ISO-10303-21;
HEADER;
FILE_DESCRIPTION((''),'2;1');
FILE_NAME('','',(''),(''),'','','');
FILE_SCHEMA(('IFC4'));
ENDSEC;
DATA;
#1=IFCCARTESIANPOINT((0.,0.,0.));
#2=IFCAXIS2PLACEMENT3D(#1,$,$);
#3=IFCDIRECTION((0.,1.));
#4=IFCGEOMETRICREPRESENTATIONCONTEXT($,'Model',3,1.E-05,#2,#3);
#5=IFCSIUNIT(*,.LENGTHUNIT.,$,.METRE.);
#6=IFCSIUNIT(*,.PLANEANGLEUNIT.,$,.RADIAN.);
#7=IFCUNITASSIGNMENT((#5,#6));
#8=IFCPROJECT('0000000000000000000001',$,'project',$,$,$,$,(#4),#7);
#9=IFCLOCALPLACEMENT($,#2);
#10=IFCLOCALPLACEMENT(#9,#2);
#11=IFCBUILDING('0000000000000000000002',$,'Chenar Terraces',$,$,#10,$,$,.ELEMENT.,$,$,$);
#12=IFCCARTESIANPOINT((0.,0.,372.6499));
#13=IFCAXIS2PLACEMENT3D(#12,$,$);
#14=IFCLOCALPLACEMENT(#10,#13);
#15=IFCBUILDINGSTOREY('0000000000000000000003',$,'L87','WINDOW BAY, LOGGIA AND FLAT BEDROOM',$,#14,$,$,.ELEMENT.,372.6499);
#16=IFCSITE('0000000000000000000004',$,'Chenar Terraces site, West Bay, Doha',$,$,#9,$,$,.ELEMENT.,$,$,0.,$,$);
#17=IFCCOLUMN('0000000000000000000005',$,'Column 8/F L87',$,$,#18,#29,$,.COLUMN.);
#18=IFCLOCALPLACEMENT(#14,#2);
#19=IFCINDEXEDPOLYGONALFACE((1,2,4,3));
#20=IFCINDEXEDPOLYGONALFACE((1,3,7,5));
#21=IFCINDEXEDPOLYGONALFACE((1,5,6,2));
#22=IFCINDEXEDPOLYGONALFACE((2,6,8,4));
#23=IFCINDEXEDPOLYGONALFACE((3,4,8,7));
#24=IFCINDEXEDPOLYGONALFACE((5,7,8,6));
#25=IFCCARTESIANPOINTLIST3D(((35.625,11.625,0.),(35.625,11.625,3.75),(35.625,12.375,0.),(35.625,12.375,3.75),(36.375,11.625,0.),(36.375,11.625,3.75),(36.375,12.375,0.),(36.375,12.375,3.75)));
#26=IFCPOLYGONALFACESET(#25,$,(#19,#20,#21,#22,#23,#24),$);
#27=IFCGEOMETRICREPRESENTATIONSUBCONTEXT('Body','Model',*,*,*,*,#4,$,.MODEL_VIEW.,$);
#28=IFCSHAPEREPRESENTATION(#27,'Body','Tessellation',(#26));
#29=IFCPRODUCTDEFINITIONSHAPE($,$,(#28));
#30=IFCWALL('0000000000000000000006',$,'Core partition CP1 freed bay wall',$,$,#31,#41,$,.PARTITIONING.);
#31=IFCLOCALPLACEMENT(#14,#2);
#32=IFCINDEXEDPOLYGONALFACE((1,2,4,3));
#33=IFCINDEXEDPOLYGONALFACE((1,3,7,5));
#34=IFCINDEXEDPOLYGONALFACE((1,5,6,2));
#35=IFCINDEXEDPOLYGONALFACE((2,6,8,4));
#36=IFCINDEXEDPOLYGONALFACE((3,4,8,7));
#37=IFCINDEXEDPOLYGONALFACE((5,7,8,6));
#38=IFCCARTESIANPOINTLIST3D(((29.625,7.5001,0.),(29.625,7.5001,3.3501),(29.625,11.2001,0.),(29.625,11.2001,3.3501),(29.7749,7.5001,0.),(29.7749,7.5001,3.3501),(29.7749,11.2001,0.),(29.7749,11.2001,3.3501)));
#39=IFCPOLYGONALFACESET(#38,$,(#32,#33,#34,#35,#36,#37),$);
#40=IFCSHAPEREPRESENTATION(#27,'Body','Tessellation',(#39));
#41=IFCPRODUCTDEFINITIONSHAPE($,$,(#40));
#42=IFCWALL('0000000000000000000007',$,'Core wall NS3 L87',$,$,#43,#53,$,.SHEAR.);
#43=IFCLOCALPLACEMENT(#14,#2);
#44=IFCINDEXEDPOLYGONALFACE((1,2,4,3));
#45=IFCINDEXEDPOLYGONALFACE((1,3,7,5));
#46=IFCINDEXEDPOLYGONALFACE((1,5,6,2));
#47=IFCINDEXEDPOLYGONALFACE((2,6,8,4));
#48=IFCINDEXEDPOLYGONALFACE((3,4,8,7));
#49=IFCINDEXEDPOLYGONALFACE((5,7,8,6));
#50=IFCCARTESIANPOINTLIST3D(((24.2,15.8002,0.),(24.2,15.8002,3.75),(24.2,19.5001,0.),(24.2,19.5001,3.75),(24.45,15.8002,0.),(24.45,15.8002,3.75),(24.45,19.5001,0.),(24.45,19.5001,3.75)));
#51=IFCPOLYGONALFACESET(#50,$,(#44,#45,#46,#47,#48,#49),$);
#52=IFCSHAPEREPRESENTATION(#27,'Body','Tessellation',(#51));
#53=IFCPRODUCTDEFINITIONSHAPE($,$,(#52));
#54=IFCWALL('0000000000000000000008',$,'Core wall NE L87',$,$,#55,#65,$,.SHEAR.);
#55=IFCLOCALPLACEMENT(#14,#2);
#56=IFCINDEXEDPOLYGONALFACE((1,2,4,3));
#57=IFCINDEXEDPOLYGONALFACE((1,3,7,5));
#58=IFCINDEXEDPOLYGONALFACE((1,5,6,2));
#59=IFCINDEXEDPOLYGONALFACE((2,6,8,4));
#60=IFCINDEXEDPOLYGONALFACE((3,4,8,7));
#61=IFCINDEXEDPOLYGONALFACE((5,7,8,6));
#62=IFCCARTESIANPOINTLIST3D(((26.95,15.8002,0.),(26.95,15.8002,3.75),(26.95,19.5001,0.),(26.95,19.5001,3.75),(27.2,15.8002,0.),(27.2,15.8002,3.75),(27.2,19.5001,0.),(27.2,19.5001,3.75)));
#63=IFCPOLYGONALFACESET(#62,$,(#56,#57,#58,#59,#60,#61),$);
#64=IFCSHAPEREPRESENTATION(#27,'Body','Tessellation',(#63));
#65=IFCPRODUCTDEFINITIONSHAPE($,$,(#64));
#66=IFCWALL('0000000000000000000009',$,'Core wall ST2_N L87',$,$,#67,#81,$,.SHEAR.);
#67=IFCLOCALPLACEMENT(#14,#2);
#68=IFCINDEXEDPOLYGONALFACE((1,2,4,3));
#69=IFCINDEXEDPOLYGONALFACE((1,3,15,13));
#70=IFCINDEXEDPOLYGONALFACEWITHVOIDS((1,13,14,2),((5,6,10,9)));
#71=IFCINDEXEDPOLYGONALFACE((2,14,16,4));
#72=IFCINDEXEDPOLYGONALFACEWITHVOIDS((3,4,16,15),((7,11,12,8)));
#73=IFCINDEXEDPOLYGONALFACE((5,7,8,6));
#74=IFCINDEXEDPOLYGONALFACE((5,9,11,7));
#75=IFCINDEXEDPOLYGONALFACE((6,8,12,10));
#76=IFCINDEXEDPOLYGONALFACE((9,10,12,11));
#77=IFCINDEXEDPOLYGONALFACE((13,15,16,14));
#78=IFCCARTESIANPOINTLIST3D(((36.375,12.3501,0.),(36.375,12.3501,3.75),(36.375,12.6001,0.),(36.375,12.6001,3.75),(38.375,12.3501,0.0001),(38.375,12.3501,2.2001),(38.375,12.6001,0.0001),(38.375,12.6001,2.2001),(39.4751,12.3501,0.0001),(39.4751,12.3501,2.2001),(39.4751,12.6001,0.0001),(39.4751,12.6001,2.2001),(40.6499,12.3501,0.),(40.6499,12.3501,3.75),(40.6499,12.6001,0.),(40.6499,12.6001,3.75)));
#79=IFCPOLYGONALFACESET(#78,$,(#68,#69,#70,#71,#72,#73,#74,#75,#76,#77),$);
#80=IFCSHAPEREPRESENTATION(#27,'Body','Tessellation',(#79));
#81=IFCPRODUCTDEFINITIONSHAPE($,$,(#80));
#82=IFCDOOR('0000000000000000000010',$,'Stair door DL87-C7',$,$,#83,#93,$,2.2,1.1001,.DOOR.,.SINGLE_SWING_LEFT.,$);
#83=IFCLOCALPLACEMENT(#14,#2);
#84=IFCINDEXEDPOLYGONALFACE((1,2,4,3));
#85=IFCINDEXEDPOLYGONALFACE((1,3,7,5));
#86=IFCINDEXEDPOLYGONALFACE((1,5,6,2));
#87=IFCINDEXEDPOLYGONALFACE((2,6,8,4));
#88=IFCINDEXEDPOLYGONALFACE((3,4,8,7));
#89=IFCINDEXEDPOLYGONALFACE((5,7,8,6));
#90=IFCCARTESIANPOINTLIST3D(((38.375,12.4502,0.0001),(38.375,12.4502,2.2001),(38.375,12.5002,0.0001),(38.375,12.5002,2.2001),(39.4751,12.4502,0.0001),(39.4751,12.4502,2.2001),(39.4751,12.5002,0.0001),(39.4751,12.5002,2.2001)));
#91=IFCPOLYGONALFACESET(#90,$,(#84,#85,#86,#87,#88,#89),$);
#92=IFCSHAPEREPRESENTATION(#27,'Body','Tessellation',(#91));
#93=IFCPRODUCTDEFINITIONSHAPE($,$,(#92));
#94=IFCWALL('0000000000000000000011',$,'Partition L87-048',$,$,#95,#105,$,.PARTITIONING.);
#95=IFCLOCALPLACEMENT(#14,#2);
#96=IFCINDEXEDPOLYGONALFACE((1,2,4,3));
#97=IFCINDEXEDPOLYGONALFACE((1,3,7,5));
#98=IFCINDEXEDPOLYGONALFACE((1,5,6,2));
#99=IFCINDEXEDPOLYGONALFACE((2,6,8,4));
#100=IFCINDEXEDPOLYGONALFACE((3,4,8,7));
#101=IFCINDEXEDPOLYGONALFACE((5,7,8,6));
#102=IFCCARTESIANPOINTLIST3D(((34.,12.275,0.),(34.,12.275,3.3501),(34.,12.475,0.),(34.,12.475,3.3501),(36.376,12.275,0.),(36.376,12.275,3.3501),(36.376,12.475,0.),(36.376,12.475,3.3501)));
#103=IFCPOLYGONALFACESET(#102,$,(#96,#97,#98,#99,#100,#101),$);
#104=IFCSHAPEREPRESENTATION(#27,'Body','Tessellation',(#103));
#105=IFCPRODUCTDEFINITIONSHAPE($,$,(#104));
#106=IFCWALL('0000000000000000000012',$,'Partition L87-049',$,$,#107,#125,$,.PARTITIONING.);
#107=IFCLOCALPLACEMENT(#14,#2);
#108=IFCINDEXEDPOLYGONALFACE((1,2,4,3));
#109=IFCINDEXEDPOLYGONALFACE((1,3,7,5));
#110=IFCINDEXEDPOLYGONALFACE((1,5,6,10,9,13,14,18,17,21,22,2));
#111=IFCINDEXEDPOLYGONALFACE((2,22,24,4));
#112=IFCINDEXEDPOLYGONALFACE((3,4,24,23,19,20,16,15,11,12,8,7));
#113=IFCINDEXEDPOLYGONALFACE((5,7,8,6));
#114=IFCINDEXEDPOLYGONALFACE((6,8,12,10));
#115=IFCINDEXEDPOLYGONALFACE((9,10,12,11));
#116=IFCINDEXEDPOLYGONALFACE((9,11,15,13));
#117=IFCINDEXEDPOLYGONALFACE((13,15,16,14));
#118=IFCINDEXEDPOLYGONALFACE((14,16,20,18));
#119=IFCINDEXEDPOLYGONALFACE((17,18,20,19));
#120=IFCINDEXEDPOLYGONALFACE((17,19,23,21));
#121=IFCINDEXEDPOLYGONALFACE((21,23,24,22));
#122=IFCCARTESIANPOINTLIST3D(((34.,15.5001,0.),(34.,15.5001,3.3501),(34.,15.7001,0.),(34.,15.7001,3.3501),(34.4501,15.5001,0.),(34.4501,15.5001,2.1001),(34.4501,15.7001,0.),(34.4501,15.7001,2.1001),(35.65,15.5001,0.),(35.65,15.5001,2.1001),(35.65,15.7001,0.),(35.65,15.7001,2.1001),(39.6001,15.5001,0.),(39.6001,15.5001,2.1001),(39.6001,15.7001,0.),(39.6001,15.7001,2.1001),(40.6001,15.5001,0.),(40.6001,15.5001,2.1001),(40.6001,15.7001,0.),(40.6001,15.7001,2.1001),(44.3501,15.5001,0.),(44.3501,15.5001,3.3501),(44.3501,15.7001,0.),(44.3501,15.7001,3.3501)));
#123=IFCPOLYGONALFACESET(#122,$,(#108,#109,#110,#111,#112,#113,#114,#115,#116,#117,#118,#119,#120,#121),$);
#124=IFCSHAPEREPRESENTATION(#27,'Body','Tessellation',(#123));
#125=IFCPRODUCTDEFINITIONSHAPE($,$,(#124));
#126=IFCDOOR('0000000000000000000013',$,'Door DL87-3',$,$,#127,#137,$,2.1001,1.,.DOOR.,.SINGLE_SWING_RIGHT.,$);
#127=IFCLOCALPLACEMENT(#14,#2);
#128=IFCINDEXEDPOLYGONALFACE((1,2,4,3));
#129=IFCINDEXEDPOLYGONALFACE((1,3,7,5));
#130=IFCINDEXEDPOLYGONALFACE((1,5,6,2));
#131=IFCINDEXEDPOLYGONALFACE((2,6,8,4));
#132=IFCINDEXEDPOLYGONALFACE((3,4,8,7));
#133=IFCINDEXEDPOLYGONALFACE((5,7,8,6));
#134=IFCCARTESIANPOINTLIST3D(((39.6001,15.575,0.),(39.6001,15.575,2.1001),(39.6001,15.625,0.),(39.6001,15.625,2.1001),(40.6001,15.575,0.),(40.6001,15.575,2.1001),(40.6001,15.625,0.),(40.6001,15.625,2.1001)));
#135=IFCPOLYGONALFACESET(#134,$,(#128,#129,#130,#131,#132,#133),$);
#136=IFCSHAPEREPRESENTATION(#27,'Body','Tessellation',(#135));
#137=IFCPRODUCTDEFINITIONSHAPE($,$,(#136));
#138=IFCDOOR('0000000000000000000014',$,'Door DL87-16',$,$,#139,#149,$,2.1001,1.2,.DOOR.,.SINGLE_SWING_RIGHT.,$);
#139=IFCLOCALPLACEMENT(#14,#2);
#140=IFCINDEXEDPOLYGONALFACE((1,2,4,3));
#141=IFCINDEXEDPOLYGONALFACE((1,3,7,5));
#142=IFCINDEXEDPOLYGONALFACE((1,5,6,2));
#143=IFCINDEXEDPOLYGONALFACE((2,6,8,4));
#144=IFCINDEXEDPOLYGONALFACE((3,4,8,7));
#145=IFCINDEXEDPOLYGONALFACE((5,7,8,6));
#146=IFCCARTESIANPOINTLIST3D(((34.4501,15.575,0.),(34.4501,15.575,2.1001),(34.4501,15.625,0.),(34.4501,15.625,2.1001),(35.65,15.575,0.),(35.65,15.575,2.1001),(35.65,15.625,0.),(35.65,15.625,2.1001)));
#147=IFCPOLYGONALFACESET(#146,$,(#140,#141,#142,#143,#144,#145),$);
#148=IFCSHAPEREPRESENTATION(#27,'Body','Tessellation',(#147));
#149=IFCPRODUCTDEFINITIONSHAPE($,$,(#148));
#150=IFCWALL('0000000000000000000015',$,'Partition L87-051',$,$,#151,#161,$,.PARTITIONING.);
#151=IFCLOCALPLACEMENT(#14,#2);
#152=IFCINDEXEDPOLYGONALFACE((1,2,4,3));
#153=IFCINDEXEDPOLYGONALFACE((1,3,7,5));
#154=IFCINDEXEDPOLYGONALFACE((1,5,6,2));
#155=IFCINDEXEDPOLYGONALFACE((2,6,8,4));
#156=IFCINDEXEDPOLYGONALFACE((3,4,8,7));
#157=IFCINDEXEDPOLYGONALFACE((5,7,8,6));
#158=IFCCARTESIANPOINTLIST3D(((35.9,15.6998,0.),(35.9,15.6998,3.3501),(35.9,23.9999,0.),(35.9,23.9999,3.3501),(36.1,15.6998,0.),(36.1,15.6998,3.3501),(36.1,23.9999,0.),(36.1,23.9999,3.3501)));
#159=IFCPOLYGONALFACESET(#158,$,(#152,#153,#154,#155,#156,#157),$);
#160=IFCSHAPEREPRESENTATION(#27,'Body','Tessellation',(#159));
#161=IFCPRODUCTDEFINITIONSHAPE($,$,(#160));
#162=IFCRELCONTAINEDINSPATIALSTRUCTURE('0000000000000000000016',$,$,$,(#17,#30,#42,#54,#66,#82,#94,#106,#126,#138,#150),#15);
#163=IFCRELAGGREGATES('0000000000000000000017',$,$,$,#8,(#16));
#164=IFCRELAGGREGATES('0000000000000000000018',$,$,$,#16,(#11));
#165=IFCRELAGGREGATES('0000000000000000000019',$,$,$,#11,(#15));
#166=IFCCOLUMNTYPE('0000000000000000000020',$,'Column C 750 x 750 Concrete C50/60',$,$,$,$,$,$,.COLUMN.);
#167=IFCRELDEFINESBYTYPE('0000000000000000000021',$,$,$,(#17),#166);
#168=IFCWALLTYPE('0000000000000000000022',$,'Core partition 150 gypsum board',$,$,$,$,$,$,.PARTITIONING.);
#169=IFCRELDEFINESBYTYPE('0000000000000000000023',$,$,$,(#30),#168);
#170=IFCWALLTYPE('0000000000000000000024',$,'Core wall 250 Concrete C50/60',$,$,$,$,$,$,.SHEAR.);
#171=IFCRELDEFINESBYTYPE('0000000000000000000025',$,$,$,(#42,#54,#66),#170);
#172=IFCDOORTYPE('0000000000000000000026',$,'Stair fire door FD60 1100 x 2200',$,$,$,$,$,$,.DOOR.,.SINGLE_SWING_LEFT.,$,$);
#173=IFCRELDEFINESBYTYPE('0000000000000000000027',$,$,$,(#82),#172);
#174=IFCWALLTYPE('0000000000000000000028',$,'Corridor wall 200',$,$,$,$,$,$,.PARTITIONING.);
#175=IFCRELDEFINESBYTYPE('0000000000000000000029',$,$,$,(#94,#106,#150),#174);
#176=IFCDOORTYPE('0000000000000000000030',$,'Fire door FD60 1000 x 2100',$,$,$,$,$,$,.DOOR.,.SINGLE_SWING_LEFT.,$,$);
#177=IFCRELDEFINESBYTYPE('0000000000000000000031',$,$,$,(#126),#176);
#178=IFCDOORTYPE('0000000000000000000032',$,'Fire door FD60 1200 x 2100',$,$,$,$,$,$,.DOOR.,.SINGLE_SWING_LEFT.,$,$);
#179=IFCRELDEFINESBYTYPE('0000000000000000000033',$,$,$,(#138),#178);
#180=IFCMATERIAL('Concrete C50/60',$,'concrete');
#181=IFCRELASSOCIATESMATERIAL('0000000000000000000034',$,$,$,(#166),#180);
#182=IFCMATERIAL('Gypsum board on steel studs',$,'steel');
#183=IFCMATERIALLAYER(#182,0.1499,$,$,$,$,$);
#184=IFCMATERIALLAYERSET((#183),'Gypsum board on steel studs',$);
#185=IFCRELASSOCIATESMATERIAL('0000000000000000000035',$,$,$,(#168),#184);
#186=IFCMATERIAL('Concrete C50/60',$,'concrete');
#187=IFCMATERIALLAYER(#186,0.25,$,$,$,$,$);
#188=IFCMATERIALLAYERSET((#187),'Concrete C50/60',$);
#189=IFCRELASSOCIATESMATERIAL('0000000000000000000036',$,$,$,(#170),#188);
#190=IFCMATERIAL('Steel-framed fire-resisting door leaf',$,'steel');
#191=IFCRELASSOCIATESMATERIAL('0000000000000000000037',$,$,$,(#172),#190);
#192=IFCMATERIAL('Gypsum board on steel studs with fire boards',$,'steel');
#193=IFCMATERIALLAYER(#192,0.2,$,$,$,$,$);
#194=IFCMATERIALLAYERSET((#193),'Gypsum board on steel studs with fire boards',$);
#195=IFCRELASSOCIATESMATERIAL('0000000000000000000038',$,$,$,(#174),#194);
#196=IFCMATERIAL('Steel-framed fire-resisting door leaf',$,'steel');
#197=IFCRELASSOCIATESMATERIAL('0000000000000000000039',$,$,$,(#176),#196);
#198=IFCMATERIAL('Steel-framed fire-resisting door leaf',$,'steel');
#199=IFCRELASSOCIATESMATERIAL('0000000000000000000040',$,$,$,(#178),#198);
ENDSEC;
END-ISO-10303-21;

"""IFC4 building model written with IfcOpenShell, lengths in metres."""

from ifc_helpers import new_model, si_unit, direction, frame, frame_2d, origin, origin_2d, place, context, subcontext, project, spatial, rectangle, extrude, material, layer, layer_set, material_profile, profile_set, type_object, element, fill, save


model = new_model("IFC4")

# Units and contexts
model_context = context("Model", 3, precision=1e-05, world=origin(), true_north=direction((0.0, 1.0)))
body_context = subcontext(model_context, "Body", "Model", "MODEL_VIEW")
ifc_project = project(units=[si_unit("LENGTHUNIT", "METRE"), si_unit("PLANEANGLEUNIT", "RADIAN")], contexts=[model_context])

# Site, building, storey
site_placement = place(None, origin())
site = spatial("IfcSite", under=ifc_project, at=site_placement, Name="Chenar Terraces site, West Bay, Doha", CompositionType="ELEMENT", RefElevation=0.0)
building_placement = place(site_placement, origin())
building = spatial("IfcBuilding", under=site, at=building_placement, Name="Chenar Terraces", CompositionType="ELEMENT")
storey_placement = place(building_placement, frame((0.0, 0.0, 372.6499)))
storey = spatial("IfcBuildingStorey", under=building, at=storey_placement, Name="L87", Description="WINDOW BAY, LOGGIA AND FLAT BEDROOM", CompositionType="ELEMENT", Elevation=372.6499)

# Column
ifc_material_1 = material(Name="Concrete C50/60", Category="concrete")
ifc_material_profile = material_profile(ifc_material_1, rectangle(XDim=0.75, YDim=0.75, at=origin_2d()), Name="C 750 x 750")
ifc_profile_set = profile_set([ifc_material_profile], Name="Concrete C50/60")
column_type = type_object("IfcColumnType", Name="Column C 750 x 750 Concrete C50/60", PredefinedType="COLUMN", material=ifc_profile_set)
column_placement = place(storey_placement, frame((36.0, 12.0, 0.0), z_axis=(0.0, 0.0, 1.0), x_axis=(1.0, 0.0, 0.0)))
element("IfcColumn", 1, at=column_placement, inside=storey, type_object=column_type, Name="Column 8/F L87", PredefinedType="COLUMN", context=body_context, shape_type="SweptSolid", body=[
    extrude(rectangle(XDim=0.75, YDim=0.75, at=origin_2d()), origin(), (0.0, 0.0, 1.0), 3.75),
])

# Walls
ifc_material_2 = material(Name="Gypsum board on steel studs", Category="steel")
ifc_layer_1 = layer(ifc_material_2, 0.1499)
ifc_layer_set_1 = layer_set([ifc_layer_1], Name="Gypsum board on steel studs")
wall_type_1 = type_object("IfcWallType", Name="Core partition 150 gypsum board", PredefinedType="PARTITIONING", material=ifc_layer_set_1)
wall_1_placement = place(storey_placement, frame((29.7, 7.5, 0.0), z_axis=(0.0, 0.0, 1.0), x_axis=(0.0, 1.0, 0.0)))
element("IfcWall", 2, at=wall_1_placement, inside=storey, type_object=wall_type_1, Name="Core partition CP1 freed bay wall", PredefinedType="PARTITIONING", context=body_context, shape_type="SweptSolid", body=[
    extrude(rectangle(XDim=3.7, YDim=0.1499, at=frame_2d((1.8501, 0.0))), origin(), (0.0, 0.0, 1.0), 3.3501),
])
ifc_material_3 = material(Name="Concrete C50/60", Category="concrete")
ifc_layer_2 = layer(ifc_material_3, 0.25)
ifc_layer_set_2 = layer_set([ifc_layer_2], Name="Concrete C50/60")
wall_type_2 = type_object("IfcWallType", Name="Core wall 250 Concrete C50/60", PredefinedType="SHEAR", material=ifc_layer_set_2)
for number, where, z_axis, x_axis, name in (
    (3, (24.325, 15.8, 0.0), (0.0, 0.0, 1.0), (0.0, 1.0, 0.0), "Core wall NS3 L87"),
    (4, (27.075, 15.8, 0.0), (0.0, 0.0, 1.0), (0.0, 1.0, 0.0), "Core wall NE L87"),
):
    element("IfcWall", number, at=place(storey_placement, frame(where, z_axis=z_axis, x_axis=x_axis)), inside=storey, type_object=wall_type_2, Name=name, PredefinedType="SHEAR", context=body_context, shape_type="SweptSolid", body=[
        extrude(rectangle(XDim=3.7, YDim=0.25, at=frame_2d((1.8501, 0.0))), origin(), (0.0, 0.0, 1.0), 3.75),
    ])

# Wall, opening, door
wall_2_placement = place(storey_placement, frame((36.375, 12.4751, 0.0), z_axis=(0.0, 0.0, 1.0), x_axis=(1.0, 0.0, 0.0)))
wall_2 = element("IfcWall", 5, at=wall_2_placement, inside=storey, type_object=wall_type_2, Name="Core wall ST2_N L87", PredefinedType="SHEAR", context=body_context, shape_type="SweptSolid", body=[
    extrude(rectangle(XDim=4.2749, YDim=0.25, at=frame_2d((2.1375, 0.0))), origin(), (0.0, 0.0, 1.0), 3.75),
])
opening_1_placement = place(wall_2_placement, frame((2.0, 0.0, 0.0)))
opening_1 = element("IfcOpeningElement", 6, at=opening_1_placement, cuts=wall_2, PredefinedType="OPENING", context=body_context, shape_type="SweptSolid", body=[
    extrude(rectangle(XDim=1.1001, YDim=2.2, at=frame_2d((0.55, 1.1001))), frame((0.0, 0.135, 0.0), z_axis=(0.0, -1.0, 0.0), x_axis=(1.0, 0.0, 0.0)), (0.0, 0.0, 1.0), 0.27),
])
ifc_material_4 = material(Name="Steel-framed fire-resisting door leaf", Category="steel")
door_type_1 = type_object("IfcDoorType", Name="Stair fire door FD60 1100 x 2200", OperationType="SINGLE_SWING_LEFT", PredefinedType="DOOR", material=ifc_material_4)
door_1_placement = place(opening_1_placement, frame((1.1001, 0.0, 0.0), z_axis=(0.0, 0.0, 1.0), x_axis=(-1.0, 0.0, 0.0)))
door_1 = element("IfcDoor", 7, at=door_1_placement, inside=storey, type_object=door_type_1, Name="Stair door DL87-C7", OperationType="SINGLE_SWING_LEFT", OverallHeight=2.2, OverallWidth=1.1001, PredefinedType="DOOR", context=body_context, shape_type="SweptSolid", body=[
    extrude(rectangle(XDim=1.1001, YDim=2.2, at=frame_2d((0.55, 1.1001))), frame((0.0, 0.0249, 0.0), z_axis=(0.0, -1.0, 0.0), x_axis=(1.0, 0.0, 0.0)), (0.0, 0.0, 1.0), 0.05),
])
fill(opening_1, door_1)

# Wall
ifc_material_5 = material(Name="Gypsum board on steel studs with fire boards", Category="steel")
ifc_layer_3 = layer(ifc_material_5, 0.2)
ifc_layer_set_3 = layer_set([ifc_layer_3], Name="Gypsum board on steel studs with fire boards")
wall_type_3 = type_object("IfcWallType", Name="Corridor wall 200", PredefinedType="PARTITIONING", material=ifc_layer_set_3)
wall_3_placement = place(storey_placement, frame((34.0, 12.375, 0.0), z_axis=(0.0, 0.0, 1.0), x_axis=(1.0, 0.0, 0.0)))
element("IfcWall", 8, at=wall_3_placement, inside=storey, type_object=wall_type_3, Name="Partition L87-048", PredefinedType="PARTITIONING", context=body_context, shape_type="SweptSolid", body=[
    extrude(rectangle(XDim=2.376, YDim=0.2, at=frame_2d((1.188, 0.0))), origin(), (0.0, 0.0, 1.0), 3.3501),
])

# Wall, openings, doors
wall_4_placement = place(storey_placement, frame((34.0, 15.6001, 0.0), z_axis=(0.0, 0.0, 1.0), x_axis=(1.0, 0.0, 0.0)))
wall_4 = element("IfcWall", 9, at=wall_4_placement, inside=storey, type_object=wall_type_3, Name="Partition L87-049", PredefinedType="PARTITIONING", context=body_context, shape_type="SweptSolid", body=[
    extrude(rectangle(XDim=10.3501, YDim=0.2, at=frame_2d((5.175, 0.0))), origin(), (0.0, 0.0, 1.0), 3.3501),
])
opening_2_placement = place(wall_4_placement, frame((5.6001, 0.0, 0.0)))
opening_2 = element("IfcOpeningElement", 10, at=opening_2_placement, cuts=wall_4, PredefinedType="OPENING", context=body_context, shape_type="SweptSolid", body=[
    extrude(rectangle(XDim=1.0, YDim=2.1001, at=frame_2d((0.5, 1.05))), frame((0.0, 0.1099, 0.0), z_axis=(0.0, -1.0, 0.0), x_axis=(1.0, 0.0, 0.0)), (0.0, 0.0, 1.0), 0.22),
])
opening_3_placement = place(wall_4_placement, frame((0.45, 0.0, 0.0)))
opening_3 = element("IfcOpeningElement", 11, at=opening_3_placement, cuts=wall_4, PredefinedType="OPENING", context=body_context, shape_type="SweptSolid", body=[
    extrude(rectangle(XDim=1.2, YDim=2.1001, at=frame_2d((0.6001, 1.05))), frame((0.0, 0.1099, 0.0), z_axis=(0.0, -1.0, 0.0), x_axis=(1.0, 0.0, 0.0)), (0.0, 0.0, 1.0), 0.22),
])
ifc_material_6 = material(Name="Steel-framed fire-resisting door leaf", Category="steel")
door_type_2 = type_object("IfcDoorType", Name="Fire door FD60 1000 x 2100", OperationType="SINGLE_SWING_LEFT", PredefinedType="DOOR", material=ifc_material_6)
door_2_placement = place(opening_2_placement, origin())
door_2 = element("IfcDoor", 12, at=door_2_placement, inside=storey, type_object=door_type_2, Name="Door DL87-3", OperationType="SINGLE_SWING_RIGHT", OverallHeight=2.1001, OverallWidth=1.0, PredefinedType="DOOR", context=body_context, shape_type="SweptSolid", body=[
    extrude(rectangle(XDim=1.0, YDim=2.1001, at=frame_2d((0.5, 1.05))), frame((0.0, 0.0249, 0.0), z_axis=(0.0, -1.0, 0.0), x_axis=(1.0, 0.0, 0.0)), (0.0, 0.0, 1.0), 0.05),
])
fill(opening_2, door_2)
ifc_material_7 = material(Name="Steel-framed fire-resisting door leaf", Category="steel")
door_type_3 = type_object("IfcDoorType", Name="Fire door FD60 1200 x 2100", OperationType="SINGLE_SWING_LEFT", PredefinedType="DOOR", material=ifc_material_7)
door_3_placement = place(opening_3_placement, origin())
door_3 = element("IfcDoor", 13, at=door_3_placement, inside=storey, type_object=door_type_3, Name="Door DL87-16", OperationType="SINGLE_SWING_RIGHT", OverallHeight=2.1001, OverallWidth=1.2, PredefinedType="DOOR", context=body_context, shape_type="SweptSolid", body=[
    extrude(rectangle(XDim=1.2, YDim=2.1001, at=frame_2d((0.6001, 1.05))), frame((0.0, 0.0249, 0.0), z_axis=(0.0, -1.0, 0.0), x_axis=(1.0, 0.0, 0.0)), (0.0, 0.0, 1.0), 0.05),
])
fill(opening_3, door_3)

# Wall
wall_5_placement = place(storey_placement, frame((36.0, 15.7, 0.0), z_axis=(0.0, 0.0, 1.0), x_axis=(0.0, 1.0, 0.0)))
element("IfcWall", 14, at=wall_5_placement, inside=storey, type_object=wall_type_3, Name="Partition L87-051", PredefinedType="PARTITIONING", context=body_context, shape_type="SweptSolid", body=[
    extrude(rectangle(XDim=8.3, YDim=0.2, at=frame_2d((4.1499, 0.0))), origin(), (0.0, 0.0, 1.0), 3.3501),
])

save(model, "model.ifc")
